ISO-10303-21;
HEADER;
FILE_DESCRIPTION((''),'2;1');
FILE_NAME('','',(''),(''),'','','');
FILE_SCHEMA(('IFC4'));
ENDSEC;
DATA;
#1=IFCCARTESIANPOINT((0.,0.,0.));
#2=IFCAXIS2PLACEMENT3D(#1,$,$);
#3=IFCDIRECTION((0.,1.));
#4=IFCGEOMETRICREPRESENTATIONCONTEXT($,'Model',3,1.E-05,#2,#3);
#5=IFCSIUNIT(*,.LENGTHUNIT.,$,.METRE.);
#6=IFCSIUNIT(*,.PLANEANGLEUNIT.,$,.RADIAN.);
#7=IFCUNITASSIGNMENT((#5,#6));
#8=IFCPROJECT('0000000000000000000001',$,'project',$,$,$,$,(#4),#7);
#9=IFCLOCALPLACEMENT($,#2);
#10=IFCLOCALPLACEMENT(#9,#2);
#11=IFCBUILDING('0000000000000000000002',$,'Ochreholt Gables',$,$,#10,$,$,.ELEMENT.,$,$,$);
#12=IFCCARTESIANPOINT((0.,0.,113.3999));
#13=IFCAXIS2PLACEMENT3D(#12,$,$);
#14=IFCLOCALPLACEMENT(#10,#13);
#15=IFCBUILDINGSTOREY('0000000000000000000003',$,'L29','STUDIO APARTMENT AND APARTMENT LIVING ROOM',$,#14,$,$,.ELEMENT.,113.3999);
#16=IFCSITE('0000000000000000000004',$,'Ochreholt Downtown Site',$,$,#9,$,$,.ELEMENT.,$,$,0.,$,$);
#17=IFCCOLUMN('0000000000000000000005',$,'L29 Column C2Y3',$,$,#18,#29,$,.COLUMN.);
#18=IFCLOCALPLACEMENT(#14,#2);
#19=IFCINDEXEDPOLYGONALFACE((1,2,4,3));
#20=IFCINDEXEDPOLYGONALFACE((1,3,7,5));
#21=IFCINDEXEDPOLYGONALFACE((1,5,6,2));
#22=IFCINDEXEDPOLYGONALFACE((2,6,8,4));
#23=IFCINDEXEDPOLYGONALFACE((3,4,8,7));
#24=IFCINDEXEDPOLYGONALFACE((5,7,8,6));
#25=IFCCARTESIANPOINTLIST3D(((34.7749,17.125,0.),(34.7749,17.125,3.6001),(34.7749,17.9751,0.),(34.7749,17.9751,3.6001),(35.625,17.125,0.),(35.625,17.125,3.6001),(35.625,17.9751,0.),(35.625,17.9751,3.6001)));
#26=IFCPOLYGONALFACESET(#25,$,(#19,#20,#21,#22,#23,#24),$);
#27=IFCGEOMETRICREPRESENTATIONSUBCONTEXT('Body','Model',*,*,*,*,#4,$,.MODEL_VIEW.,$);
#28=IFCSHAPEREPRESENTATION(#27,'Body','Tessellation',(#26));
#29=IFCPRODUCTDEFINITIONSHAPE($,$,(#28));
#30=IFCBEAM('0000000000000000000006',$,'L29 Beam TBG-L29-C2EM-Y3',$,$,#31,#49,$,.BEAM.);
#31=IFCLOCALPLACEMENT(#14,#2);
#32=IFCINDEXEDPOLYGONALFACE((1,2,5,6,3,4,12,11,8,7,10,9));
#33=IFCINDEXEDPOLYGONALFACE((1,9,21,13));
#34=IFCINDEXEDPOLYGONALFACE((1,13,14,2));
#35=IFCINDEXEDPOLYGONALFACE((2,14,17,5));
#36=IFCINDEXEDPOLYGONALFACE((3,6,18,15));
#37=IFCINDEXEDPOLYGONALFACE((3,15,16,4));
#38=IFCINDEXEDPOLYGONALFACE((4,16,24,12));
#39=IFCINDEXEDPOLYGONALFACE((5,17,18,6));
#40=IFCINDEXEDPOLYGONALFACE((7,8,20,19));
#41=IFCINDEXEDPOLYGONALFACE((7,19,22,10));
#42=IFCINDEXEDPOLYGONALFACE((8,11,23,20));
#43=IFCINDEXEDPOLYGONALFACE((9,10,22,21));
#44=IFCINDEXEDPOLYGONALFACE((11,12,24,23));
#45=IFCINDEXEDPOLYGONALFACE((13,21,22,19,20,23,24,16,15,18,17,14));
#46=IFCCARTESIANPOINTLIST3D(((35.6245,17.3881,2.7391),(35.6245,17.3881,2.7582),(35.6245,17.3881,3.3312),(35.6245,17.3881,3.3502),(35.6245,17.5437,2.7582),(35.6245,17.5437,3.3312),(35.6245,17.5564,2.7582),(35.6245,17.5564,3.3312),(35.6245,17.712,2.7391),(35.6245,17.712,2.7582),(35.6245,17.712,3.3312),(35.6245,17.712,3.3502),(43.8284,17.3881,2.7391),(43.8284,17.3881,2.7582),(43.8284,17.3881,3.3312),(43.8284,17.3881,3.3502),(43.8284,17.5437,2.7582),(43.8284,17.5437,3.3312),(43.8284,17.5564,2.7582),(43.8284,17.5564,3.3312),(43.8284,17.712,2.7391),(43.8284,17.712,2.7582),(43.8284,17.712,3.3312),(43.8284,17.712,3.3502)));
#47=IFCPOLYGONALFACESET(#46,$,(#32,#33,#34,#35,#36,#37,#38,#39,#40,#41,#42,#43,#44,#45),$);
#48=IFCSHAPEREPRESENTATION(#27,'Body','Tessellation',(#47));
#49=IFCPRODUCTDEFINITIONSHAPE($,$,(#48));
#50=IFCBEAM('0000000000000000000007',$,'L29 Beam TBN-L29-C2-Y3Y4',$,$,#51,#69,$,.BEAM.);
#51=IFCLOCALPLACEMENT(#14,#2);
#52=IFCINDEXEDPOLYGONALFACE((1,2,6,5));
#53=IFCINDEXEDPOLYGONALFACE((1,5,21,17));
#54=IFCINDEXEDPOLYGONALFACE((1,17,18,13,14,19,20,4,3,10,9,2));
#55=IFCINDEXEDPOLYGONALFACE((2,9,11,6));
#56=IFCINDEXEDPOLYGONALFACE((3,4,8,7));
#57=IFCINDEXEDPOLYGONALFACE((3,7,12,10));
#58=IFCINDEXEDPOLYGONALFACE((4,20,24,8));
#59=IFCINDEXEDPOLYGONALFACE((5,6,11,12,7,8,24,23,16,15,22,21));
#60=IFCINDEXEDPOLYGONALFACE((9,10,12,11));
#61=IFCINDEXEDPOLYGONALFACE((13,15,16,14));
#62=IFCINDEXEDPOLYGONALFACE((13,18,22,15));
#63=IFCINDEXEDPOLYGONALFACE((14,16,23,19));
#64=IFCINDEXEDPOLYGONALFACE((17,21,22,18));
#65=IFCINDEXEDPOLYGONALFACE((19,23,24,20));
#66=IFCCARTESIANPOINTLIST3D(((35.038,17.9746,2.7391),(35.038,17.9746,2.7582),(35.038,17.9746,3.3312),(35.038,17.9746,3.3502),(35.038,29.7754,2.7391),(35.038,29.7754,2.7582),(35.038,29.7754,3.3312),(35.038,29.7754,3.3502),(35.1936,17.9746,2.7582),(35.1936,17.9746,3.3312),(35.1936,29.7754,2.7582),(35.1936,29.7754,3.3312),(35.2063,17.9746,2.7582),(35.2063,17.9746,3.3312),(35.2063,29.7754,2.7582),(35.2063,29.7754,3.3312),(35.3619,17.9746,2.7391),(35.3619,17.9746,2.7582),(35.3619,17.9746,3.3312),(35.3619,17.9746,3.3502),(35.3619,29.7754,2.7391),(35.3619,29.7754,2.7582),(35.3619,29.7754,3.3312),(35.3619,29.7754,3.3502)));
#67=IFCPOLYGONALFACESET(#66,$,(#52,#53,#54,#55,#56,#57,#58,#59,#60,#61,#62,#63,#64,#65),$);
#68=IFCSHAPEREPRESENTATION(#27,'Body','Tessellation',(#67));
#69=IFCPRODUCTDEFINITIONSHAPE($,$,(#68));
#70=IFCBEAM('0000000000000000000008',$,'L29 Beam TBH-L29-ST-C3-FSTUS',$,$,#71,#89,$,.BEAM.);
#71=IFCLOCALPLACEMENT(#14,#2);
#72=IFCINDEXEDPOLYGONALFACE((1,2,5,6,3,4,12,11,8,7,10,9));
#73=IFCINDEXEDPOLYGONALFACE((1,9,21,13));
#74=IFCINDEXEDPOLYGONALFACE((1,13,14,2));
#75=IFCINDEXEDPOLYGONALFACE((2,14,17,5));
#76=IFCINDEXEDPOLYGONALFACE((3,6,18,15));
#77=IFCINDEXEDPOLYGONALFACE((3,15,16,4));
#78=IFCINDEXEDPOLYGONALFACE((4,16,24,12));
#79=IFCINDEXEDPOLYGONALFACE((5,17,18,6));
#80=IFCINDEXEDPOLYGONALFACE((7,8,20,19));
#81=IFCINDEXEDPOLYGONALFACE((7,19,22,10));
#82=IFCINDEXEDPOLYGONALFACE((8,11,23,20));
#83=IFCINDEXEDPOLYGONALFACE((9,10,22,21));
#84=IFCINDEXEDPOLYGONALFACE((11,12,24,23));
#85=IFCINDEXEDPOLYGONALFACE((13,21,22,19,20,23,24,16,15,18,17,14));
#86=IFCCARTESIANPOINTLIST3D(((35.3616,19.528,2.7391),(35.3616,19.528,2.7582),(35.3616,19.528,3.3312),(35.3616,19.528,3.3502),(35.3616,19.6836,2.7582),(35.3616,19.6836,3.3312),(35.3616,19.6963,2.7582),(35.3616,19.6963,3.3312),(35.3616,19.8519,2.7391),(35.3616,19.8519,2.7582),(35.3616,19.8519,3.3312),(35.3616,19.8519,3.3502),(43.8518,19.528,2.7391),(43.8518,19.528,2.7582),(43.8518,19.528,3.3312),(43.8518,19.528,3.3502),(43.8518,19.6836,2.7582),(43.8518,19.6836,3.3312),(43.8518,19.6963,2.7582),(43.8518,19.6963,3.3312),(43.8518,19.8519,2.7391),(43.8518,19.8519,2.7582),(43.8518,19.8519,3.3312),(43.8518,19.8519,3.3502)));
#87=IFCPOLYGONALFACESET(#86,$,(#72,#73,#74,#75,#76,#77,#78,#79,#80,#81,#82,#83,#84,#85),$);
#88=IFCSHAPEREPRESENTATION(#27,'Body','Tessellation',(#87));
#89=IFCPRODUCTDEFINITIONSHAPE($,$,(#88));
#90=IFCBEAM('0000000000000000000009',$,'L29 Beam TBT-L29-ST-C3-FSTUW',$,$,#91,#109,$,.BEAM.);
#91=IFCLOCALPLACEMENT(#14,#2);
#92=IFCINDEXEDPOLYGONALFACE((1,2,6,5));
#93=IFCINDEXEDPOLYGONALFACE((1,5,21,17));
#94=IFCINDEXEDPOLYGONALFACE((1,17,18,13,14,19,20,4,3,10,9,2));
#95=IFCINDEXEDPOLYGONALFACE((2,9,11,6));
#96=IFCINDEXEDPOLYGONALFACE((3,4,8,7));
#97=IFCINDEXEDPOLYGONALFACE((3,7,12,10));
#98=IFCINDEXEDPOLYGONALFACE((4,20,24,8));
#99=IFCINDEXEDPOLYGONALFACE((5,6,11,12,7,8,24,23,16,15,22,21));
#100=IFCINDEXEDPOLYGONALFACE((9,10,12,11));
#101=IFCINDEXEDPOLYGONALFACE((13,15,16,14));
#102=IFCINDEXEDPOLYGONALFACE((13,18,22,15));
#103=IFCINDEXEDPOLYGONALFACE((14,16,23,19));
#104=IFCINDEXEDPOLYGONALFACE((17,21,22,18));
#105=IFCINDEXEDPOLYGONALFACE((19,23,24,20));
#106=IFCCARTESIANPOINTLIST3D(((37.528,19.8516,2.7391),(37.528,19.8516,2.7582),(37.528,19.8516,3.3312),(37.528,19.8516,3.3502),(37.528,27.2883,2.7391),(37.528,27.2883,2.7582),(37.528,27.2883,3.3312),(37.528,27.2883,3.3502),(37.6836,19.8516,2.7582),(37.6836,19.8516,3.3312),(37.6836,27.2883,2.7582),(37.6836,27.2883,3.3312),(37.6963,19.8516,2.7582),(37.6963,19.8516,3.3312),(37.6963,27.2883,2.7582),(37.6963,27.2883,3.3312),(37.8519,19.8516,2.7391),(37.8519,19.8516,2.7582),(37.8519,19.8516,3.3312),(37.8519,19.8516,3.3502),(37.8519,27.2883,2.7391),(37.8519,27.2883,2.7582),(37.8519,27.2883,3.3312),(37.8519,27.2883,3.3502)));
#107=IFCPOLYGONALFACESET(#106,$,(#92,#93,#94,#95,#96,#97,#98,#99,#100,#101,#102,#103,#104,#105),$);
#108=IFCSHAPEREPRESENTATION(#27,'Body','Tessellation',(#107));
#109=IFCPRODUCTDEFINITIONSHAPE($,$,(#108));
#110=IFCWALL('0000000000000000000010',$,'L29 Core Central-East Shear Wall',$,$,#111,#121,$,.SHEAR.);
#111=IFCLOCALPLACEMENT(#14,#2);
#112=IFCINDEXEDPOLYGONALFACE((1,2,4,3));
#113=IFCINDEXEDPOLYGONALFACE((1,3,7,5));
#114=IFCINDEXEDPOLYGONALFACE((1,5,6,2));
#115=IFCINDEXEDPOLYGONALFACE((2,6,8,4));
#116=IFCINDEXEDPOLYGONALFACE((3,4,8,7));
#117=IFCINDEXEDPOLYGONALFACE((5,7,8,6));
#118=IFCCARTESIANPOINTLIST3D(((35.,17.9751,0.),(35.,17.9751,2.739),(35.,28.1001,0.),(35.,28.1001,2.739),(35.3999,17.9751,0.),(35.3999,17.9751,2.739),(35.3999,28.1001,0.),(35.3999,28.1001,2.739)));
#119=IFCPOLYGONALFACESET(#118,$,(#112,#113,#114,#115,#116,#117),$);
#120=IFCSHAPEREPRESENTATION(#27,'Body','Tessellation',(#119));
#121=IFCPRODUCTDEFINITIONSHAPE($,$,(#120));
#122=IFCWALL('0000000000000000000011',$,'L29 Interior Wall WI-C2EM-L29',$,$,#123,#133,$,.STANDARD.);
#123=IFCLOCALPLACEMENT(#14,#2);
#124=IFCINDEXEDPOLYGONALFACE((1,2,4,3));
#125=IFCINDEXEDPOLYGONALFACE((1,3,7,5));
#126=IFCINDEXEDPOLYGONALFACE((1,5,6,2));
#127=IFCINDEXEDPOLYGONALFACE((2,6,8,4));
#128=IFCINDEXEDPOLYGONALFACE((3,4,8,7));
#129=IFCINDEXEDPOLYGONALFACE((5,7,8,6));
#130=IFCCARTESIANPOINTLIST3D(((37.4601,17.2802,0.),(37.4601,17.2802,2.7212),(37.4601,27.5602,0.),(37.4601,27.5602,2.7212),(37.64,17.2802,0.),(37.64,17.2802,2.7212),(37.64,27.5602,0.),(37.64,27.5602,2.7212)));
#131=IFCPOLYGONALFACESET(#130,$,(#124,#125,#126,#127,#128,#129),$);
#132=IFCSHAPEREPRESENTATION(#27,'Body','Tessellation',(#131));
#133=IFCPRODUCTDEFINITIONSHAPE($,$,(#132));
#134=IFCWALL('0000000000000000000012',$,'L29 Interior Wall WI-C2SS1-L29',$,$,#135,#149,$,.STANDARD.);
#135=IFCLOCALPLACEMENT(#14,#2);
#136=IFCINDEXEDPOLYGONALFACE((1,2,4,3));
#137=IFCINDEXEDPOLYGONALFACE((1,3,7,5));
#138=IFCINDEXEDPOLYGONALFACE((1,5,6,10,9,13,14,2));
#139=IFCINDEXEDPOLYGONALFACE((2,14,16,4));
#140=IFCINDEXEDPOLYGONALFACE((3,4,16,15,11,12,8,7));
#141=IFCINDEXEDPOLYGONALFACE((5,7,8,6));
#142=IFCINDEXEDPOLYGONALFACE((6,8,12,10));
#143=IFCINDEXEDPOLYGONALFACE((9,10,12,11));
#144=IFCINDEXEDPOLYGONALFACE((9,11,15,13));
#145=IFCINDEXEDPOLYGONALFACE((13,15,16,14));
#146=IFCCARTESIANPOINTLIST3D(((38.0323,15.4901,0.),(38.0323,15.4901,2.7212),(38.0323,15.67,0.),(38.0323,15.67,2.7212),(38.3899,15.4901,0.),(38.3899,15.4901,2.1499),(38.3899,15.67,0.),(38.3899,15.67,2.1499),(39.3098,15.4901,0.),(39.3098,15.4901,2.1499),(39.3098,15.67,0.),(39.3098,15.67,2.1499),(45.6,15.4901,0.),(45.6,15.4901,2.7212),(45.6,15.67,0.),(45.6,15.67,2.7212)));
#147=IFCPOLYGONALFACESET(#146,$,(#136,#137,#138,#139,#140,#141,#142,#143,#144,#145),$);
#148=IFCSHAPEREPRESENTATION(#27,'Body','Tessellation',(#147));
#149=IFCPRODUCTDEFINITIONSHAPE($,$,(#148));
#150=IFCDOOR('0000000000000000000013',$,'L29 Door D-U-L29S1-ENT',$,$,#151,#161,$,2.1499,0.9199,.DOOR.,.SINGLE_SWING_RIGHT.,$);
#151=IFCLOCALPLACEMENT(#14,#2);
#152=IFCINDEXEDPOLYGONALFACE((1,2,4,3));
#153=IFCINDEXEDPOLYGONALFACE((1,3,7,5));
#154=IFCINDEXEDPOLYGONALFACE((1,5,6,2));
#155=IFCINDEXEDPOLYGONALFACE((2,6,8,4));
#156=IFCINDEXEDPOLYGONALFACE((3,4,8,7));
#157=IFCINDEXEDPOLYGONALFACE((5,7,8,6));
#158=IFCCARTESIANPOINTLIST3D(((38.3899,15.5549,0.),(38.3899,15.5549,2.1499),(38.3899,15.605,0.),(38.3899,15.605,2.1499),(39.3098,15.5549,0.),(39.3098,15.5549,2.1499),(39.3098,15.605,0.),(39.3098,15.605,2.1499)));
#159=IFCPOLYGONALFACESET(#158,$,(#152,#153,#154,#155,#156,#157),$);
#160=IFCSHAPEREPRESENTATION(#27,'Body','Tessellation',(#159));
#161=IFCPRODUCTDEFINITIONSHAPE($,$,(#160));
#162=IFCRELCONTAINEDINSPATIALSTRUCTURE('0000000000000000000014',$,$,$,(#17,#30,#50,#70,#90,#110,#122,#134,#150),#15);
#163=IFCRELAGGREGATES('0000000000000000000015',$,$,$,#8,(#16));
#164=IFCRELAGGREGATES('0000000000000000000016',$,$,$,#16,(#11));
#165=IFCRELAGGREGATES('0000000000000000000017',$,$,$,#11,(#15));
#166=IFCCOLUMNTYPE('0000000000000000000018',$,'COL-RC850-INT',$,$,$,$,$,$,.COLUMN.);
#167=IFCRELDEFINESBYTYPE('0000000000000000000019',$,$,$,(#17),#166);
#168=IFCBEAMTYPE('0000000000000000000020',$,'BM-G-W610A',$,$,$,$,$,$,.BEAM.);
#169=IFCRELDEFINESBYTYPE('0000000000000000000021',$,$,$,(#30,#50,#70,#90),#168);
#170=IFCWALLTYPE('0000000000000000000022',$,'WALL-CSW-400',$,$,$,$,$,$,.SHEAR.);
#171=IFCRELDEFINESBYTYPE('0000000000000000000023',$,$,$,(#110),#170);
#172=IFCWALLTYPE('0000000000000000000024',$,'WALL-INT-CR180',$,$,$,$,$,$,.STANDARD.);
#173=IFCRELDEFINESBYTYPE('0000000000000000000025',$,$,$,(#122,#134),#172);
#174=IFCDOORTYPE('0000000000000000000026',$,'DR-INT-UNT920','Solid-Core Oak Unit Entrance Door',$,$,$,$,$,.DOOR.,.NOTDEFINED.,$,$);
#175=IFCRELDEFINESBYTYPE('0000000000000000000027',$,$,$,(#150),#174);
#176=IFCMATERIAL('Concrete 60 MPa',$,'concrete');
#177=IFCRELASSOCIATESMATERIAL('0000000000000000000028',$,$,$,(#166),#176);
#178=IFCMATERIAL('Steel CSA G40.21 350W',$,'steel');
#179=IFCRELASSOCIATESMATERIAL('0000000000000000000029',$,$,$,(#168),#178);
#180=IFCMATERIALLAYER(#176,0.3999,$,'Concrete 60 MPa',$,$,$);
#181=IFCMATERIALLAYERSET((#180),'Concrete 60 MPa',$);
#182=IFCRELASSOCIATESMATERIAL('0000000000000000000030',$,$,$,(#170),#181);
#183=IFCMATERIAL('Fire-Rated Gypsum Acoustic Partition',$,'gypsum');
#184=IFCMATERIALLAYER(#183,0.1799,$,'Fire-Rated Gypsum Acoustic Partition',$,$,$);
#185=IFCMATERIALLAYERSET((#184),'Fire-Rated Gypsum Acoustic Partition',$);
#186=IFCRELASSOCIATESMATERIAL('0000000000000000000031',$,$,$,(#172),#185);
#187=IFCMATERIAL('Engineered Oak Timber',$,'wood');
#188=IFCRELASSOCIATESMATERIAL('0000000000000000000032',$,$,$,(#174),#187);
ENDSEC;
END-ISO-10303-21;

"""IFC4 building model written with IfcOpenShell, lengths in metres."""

from ifc_helpers import new_model, si_unit, direction, frame, frame_2d, origin, origin_2d, place, context, subcontext, project, spatial, rectangle, i_section, extrude, material, layer, layer_set, material_profile, profile_set, type_object, element, fill, save


model = new_model("IFC4")

# Units and contexts
model_context = context("Model", 3, precision=1e-05, world=origin(), true_north=direction((0.0, 1.0)))
body_context = subcontext(model_context, "Body", "Model", "MODEL_VIEW")
ifc_project = project(units=[si_unit("LENGTHUNIT", "METRE"), si_unit("PLANEANGLEUNIT", "RADIAN")], contexts=[model_context])

# Site, building, storey
site_placement = place(None, origin())
site = spatial("IfcSite", under=ifc_project, at=site_placement, Name="Ochreholt Downtown Site", CompositionType="ELEMENT", RefElevation=0.0)
building_placement = place(site_placement, origin())
building = spatial("IfcBuilding", under=site, at=building_placement, Name="Ochreholt Gables", CompositionType="ELEMENT")
storey_placement = place(building_placement, frame((0.0, 0.0, 113.3999)))
storey = spatial("IfcBuildingStorey", under=building, at=storey_placement, Name="L29", Description="STUDIO APARTMENT AND APARTMENT LIVING ROOM", CompositionType="ELEMENT", Elevation=113.3999)

# Column
ifc_material_1 = material(Name="Concrete 60 MPa", Category="concrete")
ifc_material_profile_1 = material_profile(ifc_material_1, rectangle(XDim=0.8501, YDim=0.8501, at=origin_2d()), Name="RC850X850")
ifc_profile_set_1 = profile_set([ifc_material_profile_1], Name="Concrete 60 MPa")
column_type = type_object("IfcColumnType", Name="COL-RC850-INT", PredefinedType="COLUMN", material=ifc_profile_set_1)
column_placement = place(storey_placement, frame((35.2, 17.55, 0.0), z_axis=(0.0, 0.0, 1.0), x_axis=(1.0, 0.0, 0.0)))
element("IfcColumn", 1, at=column_placement, inside=storey, type_object=column_type, Name="L29 Column C2Y3", PredefinedType="COLUMN", context=body_context, shape_type="SweptSolid", body=[
    extrude(rectangle(XDim=0.8501, YDim=0.8501, at=origin_2d()), origin(), (0.0, 0.0, 1.0), 3.6001),
])

# Beams
ifc_material_2 = material(Name="Steel CSA G40.21 350W", Category="steel")
ifc_material_profile_2 = material_profile(ifc_material_2, i_section(OverallWidth=0.324, OverallDepth=0.6111, WebThickness=0.0127, FlangeThickness=0.019, at=origin_2d()), Name="W610X155")
ifc_profile_set_2 = profile_set([ifc_material_profile_2], Name="Steel CSA G40.21 350W")
beam_type = type_object("IfcBeamType", Name="BM-G-W610A", PredefinedType="BEAM", material=ifc_profile_set_2)
beam_1_placement = place(storey_placement, frame((35.6245, 17.55, 3.0447), z_axis=(1.0, 0.0, 0.0), x_axis=(0.0, 1.0, 0.0)))
element("IfcBeam", 2, at=beam_1_placement, inside=storey, type_object=beam_type, Name="L29 Beam TBG-L29-C2EM-Y3", PredefinedType="BEAM", context=body_context, shape_type="SweptSolid", body=[
    extrude(i_section(OverallWidth=0.324, OverallDepth=0.6111, WebThickness=0.0127, FlangeThickness=0.019, at=origin_2d()), origin(), (0.0, 0.0, 1.0), 8.2039),
])
beam_2_placement = place(storey_placement, frame((35.2, 17.9746, 3.0447), z_axis=(0.0, 1.0, 0.0), x_axis=(-1.0, 0.0, 0.0)))
element("IfcBeam", 3, at=beam_2_placement, inside=storey, type_object=beam_type, Name="L29 Beam TBN-L29-C2-Y3Y4", PredefinedType="BEAM", context=body_context, shape_type="SweptSolid", body=[
    extrude(i_section(OverallWidth=0.324, OverallDepth=0.6111, WebThickness=0.0127, FlangeThickness=0.019, at=origin_2d()), origin(), (0.0, 0.0, 1.0), 11.8008),
])
beam_3_placement = place(storey_placement, frame((35.3616, 19.6899, 3.0447), z_axis=(1.0, 0.0, 0.0), x_axis=(0.0, 1.0, 0.0)))
element("IfcBeam", 4, at=beam_3_placement, inside=storey, type_object=beam_type, Name="L29 Beam TBH-L29-ST-C3-FSTUS", PredefinedType="BEAM", context=body_context, shape_type="SweptSolid", body=[
    extrude(i_section(OverallWidth=0.324, OverallDepth=0.6111, WebThickness=0.0127, FlangeThickness=0.019, at=origin_2d()), origin(), (0.0, 0.0, 1.0), 8.4902),
])
beam_4_placement = place(storey_placement, frame((37.6899, 19.8516, 3.0447), z_axis=(0.0, 1.0, 0.0), x_axis=(-1.0, 0.0, 0.0)))
element("IfcBeam", 5, at=beam_4_placement, inside=storey, type_object=beam_type, Name="L29 Beam TBT-L29-ST-C3-FSTUW", PredefinedType="BEAM", context=body_context, shape_type="SweptSolid", body=[
    extrude(i_section(OverallWidth=0.324, OverallDepth=0.6111, WebThickness=0.0127, FlangeThickness=0.019, at=origin_2d()), origin(), (0.0, 0.0, 1.0), 7.4368),
])

# Walls
ifc_layer_1 = layer(ifc_material_1, 0.3999, Name="Concrete 60 MPa")
ifc_layer_set_1 = layer_set([ifc_layer_1], Name="Concrete 60 MPa")
wall_type_1 = type_object("IfcWallType", Name="WALL-CSW-400", PredefinedType="SHEAR", material=ifc_layer_set_1)
wall_1_placement = place(storey_placement, frame((35.2, 17.9751, 0.0), z_axis=(0.0, 0.0, 1.0), x_axis=(0.0, 1.0, 0.0)))
element("IfcWall", 6, at=wall_1_placement, inside=storey, type_object=wall_type_1, Name="L29 Core Central-East Shear Wall", PredefinedType="SHEAR", context=body_context, shape_type="SweptSolid", body=[
    extrude(rectangle(XDim=10.125, YDim=0.3999, at=frame_2d((5.0625, 0.0))), origin(), (0.0, 0.0, 1.0), 2.739),
])
ifc_material_3 = material(Name="Fire-Rated Gypsum Acoustic Partition", Category="gypsum")
ifc_layer_2 = layer(ifc_material_3, 0.1799, Name="Fire-Rated Gypsum Acoustic Partition")
ifc_layer_set_2 = layer_set([ifc_layer_2], Name="Fire-Rated Gypsum Acoustic Partition")
wall_type_2 = type_object("IfcWallType", Name="WALL-INT-CR180", PredefinedType="STANDARD", material=ifc_layer_set_2)
wall_2_placement = place(storey_placement, frame((37.55, 17.28, 0.0), z_axis=(0.0, 0.0, 1.0), x_axis=(0.0, 1.0, 0.0)))
element("IfcWall", 7, at=wall_2_placement, inside=storey, type_object=wall_type_2, Name="L29 Interior Wall WI-C2EM-L29", PredefinedType="STANDARD", context=body_context, shape_type="SweptSolid", body=[
    extrude(rectangle(XDim=10.28, YDim=0.1799, at=frame_2d((5.1401, 0.0))), origin(), (0.0, 0.0, 1.0), 2.7212),
])

# Wall, opening, door
wall_3_placement = place(storey_placement, frame((38.0325, 15.5801, 0.0), z_axis=(0.0, 0.0, 1.0), x_axis=(1.0, 0.0, 0.0)))
wall_3 = element("IfcWall", 8, at=wall_3_placement, inside=storey, type_object=wall_type_2, Name="L29 Interior Wall WI-C2SS1-L29", PredefinedType="STANDARD", context=body_context, shape_type="SweptSolid", body=[
    extrude(rectangle(XDim=7.5676, YDim=0.1799, at=frame_2d((3.7837, 0.0))), origin(), (0.0, 0.0, 1.0), 2.7212),
])
opening_1_placement = place(wall_3_placement, frame((0.3574, 0.0, 0.0)))
opening_1 = element("IfcOpeningElement", 9, at=opening_1_placement, cuts=wall_3, PredefinedType="OPENING", context=body_context, shape_type="SweptSolid", body=[
    extrude(rectangle(XDim=0.9199, YDim=2.1499, at=frame_2d((0.46, 1.075))), frame((0.0, 0.0999, 0.0), z_axis=(0.0, -1.0, 0.0), x_axis=(1.0, 0.0, 0.0)), (0.0, 0.0, 1.0), 0.2),
])
ifc_material_4 = material(Name="Engineered Oak Timber", Category="wood")
door_type_1 = type_object("IfcDoorType", Name="DR-INT-UNT920", Description="Solid-Core Oak Unit Entrance Door", OperationType="NOTDEFINED", PredefinedType="DOOR", material=ifc_material_4)
door_1_placement = place(opening_1_placement, origin())
door_1 = element("IfcDoor", 10, at=door_1_placement, inside=storey, type_object=door_type_1, Name="L29 Door D-U-L29S1-ENT", OperationType="SINGLE_SWING_RIGHT", OverallHeight=2.1499, OverallWidth=0.9199, PredefinedType="DOOR", context=body_context, shape_type="SweptSolid", body=[
    extrude(rectangle(XDim=0.9199, YDim=2.1499, at=frame_2d((0.46, 1.075))), frame((0.0, 0.0249, 0.0), z_axis=(0.0, -1.0, 0.0), x_axis=(1.0, 0.0, 0.0)), (0.0, 0.0, 1.0), 0.05),
])
fill(opening_1, door_1)

save(model, "model.ifc")
